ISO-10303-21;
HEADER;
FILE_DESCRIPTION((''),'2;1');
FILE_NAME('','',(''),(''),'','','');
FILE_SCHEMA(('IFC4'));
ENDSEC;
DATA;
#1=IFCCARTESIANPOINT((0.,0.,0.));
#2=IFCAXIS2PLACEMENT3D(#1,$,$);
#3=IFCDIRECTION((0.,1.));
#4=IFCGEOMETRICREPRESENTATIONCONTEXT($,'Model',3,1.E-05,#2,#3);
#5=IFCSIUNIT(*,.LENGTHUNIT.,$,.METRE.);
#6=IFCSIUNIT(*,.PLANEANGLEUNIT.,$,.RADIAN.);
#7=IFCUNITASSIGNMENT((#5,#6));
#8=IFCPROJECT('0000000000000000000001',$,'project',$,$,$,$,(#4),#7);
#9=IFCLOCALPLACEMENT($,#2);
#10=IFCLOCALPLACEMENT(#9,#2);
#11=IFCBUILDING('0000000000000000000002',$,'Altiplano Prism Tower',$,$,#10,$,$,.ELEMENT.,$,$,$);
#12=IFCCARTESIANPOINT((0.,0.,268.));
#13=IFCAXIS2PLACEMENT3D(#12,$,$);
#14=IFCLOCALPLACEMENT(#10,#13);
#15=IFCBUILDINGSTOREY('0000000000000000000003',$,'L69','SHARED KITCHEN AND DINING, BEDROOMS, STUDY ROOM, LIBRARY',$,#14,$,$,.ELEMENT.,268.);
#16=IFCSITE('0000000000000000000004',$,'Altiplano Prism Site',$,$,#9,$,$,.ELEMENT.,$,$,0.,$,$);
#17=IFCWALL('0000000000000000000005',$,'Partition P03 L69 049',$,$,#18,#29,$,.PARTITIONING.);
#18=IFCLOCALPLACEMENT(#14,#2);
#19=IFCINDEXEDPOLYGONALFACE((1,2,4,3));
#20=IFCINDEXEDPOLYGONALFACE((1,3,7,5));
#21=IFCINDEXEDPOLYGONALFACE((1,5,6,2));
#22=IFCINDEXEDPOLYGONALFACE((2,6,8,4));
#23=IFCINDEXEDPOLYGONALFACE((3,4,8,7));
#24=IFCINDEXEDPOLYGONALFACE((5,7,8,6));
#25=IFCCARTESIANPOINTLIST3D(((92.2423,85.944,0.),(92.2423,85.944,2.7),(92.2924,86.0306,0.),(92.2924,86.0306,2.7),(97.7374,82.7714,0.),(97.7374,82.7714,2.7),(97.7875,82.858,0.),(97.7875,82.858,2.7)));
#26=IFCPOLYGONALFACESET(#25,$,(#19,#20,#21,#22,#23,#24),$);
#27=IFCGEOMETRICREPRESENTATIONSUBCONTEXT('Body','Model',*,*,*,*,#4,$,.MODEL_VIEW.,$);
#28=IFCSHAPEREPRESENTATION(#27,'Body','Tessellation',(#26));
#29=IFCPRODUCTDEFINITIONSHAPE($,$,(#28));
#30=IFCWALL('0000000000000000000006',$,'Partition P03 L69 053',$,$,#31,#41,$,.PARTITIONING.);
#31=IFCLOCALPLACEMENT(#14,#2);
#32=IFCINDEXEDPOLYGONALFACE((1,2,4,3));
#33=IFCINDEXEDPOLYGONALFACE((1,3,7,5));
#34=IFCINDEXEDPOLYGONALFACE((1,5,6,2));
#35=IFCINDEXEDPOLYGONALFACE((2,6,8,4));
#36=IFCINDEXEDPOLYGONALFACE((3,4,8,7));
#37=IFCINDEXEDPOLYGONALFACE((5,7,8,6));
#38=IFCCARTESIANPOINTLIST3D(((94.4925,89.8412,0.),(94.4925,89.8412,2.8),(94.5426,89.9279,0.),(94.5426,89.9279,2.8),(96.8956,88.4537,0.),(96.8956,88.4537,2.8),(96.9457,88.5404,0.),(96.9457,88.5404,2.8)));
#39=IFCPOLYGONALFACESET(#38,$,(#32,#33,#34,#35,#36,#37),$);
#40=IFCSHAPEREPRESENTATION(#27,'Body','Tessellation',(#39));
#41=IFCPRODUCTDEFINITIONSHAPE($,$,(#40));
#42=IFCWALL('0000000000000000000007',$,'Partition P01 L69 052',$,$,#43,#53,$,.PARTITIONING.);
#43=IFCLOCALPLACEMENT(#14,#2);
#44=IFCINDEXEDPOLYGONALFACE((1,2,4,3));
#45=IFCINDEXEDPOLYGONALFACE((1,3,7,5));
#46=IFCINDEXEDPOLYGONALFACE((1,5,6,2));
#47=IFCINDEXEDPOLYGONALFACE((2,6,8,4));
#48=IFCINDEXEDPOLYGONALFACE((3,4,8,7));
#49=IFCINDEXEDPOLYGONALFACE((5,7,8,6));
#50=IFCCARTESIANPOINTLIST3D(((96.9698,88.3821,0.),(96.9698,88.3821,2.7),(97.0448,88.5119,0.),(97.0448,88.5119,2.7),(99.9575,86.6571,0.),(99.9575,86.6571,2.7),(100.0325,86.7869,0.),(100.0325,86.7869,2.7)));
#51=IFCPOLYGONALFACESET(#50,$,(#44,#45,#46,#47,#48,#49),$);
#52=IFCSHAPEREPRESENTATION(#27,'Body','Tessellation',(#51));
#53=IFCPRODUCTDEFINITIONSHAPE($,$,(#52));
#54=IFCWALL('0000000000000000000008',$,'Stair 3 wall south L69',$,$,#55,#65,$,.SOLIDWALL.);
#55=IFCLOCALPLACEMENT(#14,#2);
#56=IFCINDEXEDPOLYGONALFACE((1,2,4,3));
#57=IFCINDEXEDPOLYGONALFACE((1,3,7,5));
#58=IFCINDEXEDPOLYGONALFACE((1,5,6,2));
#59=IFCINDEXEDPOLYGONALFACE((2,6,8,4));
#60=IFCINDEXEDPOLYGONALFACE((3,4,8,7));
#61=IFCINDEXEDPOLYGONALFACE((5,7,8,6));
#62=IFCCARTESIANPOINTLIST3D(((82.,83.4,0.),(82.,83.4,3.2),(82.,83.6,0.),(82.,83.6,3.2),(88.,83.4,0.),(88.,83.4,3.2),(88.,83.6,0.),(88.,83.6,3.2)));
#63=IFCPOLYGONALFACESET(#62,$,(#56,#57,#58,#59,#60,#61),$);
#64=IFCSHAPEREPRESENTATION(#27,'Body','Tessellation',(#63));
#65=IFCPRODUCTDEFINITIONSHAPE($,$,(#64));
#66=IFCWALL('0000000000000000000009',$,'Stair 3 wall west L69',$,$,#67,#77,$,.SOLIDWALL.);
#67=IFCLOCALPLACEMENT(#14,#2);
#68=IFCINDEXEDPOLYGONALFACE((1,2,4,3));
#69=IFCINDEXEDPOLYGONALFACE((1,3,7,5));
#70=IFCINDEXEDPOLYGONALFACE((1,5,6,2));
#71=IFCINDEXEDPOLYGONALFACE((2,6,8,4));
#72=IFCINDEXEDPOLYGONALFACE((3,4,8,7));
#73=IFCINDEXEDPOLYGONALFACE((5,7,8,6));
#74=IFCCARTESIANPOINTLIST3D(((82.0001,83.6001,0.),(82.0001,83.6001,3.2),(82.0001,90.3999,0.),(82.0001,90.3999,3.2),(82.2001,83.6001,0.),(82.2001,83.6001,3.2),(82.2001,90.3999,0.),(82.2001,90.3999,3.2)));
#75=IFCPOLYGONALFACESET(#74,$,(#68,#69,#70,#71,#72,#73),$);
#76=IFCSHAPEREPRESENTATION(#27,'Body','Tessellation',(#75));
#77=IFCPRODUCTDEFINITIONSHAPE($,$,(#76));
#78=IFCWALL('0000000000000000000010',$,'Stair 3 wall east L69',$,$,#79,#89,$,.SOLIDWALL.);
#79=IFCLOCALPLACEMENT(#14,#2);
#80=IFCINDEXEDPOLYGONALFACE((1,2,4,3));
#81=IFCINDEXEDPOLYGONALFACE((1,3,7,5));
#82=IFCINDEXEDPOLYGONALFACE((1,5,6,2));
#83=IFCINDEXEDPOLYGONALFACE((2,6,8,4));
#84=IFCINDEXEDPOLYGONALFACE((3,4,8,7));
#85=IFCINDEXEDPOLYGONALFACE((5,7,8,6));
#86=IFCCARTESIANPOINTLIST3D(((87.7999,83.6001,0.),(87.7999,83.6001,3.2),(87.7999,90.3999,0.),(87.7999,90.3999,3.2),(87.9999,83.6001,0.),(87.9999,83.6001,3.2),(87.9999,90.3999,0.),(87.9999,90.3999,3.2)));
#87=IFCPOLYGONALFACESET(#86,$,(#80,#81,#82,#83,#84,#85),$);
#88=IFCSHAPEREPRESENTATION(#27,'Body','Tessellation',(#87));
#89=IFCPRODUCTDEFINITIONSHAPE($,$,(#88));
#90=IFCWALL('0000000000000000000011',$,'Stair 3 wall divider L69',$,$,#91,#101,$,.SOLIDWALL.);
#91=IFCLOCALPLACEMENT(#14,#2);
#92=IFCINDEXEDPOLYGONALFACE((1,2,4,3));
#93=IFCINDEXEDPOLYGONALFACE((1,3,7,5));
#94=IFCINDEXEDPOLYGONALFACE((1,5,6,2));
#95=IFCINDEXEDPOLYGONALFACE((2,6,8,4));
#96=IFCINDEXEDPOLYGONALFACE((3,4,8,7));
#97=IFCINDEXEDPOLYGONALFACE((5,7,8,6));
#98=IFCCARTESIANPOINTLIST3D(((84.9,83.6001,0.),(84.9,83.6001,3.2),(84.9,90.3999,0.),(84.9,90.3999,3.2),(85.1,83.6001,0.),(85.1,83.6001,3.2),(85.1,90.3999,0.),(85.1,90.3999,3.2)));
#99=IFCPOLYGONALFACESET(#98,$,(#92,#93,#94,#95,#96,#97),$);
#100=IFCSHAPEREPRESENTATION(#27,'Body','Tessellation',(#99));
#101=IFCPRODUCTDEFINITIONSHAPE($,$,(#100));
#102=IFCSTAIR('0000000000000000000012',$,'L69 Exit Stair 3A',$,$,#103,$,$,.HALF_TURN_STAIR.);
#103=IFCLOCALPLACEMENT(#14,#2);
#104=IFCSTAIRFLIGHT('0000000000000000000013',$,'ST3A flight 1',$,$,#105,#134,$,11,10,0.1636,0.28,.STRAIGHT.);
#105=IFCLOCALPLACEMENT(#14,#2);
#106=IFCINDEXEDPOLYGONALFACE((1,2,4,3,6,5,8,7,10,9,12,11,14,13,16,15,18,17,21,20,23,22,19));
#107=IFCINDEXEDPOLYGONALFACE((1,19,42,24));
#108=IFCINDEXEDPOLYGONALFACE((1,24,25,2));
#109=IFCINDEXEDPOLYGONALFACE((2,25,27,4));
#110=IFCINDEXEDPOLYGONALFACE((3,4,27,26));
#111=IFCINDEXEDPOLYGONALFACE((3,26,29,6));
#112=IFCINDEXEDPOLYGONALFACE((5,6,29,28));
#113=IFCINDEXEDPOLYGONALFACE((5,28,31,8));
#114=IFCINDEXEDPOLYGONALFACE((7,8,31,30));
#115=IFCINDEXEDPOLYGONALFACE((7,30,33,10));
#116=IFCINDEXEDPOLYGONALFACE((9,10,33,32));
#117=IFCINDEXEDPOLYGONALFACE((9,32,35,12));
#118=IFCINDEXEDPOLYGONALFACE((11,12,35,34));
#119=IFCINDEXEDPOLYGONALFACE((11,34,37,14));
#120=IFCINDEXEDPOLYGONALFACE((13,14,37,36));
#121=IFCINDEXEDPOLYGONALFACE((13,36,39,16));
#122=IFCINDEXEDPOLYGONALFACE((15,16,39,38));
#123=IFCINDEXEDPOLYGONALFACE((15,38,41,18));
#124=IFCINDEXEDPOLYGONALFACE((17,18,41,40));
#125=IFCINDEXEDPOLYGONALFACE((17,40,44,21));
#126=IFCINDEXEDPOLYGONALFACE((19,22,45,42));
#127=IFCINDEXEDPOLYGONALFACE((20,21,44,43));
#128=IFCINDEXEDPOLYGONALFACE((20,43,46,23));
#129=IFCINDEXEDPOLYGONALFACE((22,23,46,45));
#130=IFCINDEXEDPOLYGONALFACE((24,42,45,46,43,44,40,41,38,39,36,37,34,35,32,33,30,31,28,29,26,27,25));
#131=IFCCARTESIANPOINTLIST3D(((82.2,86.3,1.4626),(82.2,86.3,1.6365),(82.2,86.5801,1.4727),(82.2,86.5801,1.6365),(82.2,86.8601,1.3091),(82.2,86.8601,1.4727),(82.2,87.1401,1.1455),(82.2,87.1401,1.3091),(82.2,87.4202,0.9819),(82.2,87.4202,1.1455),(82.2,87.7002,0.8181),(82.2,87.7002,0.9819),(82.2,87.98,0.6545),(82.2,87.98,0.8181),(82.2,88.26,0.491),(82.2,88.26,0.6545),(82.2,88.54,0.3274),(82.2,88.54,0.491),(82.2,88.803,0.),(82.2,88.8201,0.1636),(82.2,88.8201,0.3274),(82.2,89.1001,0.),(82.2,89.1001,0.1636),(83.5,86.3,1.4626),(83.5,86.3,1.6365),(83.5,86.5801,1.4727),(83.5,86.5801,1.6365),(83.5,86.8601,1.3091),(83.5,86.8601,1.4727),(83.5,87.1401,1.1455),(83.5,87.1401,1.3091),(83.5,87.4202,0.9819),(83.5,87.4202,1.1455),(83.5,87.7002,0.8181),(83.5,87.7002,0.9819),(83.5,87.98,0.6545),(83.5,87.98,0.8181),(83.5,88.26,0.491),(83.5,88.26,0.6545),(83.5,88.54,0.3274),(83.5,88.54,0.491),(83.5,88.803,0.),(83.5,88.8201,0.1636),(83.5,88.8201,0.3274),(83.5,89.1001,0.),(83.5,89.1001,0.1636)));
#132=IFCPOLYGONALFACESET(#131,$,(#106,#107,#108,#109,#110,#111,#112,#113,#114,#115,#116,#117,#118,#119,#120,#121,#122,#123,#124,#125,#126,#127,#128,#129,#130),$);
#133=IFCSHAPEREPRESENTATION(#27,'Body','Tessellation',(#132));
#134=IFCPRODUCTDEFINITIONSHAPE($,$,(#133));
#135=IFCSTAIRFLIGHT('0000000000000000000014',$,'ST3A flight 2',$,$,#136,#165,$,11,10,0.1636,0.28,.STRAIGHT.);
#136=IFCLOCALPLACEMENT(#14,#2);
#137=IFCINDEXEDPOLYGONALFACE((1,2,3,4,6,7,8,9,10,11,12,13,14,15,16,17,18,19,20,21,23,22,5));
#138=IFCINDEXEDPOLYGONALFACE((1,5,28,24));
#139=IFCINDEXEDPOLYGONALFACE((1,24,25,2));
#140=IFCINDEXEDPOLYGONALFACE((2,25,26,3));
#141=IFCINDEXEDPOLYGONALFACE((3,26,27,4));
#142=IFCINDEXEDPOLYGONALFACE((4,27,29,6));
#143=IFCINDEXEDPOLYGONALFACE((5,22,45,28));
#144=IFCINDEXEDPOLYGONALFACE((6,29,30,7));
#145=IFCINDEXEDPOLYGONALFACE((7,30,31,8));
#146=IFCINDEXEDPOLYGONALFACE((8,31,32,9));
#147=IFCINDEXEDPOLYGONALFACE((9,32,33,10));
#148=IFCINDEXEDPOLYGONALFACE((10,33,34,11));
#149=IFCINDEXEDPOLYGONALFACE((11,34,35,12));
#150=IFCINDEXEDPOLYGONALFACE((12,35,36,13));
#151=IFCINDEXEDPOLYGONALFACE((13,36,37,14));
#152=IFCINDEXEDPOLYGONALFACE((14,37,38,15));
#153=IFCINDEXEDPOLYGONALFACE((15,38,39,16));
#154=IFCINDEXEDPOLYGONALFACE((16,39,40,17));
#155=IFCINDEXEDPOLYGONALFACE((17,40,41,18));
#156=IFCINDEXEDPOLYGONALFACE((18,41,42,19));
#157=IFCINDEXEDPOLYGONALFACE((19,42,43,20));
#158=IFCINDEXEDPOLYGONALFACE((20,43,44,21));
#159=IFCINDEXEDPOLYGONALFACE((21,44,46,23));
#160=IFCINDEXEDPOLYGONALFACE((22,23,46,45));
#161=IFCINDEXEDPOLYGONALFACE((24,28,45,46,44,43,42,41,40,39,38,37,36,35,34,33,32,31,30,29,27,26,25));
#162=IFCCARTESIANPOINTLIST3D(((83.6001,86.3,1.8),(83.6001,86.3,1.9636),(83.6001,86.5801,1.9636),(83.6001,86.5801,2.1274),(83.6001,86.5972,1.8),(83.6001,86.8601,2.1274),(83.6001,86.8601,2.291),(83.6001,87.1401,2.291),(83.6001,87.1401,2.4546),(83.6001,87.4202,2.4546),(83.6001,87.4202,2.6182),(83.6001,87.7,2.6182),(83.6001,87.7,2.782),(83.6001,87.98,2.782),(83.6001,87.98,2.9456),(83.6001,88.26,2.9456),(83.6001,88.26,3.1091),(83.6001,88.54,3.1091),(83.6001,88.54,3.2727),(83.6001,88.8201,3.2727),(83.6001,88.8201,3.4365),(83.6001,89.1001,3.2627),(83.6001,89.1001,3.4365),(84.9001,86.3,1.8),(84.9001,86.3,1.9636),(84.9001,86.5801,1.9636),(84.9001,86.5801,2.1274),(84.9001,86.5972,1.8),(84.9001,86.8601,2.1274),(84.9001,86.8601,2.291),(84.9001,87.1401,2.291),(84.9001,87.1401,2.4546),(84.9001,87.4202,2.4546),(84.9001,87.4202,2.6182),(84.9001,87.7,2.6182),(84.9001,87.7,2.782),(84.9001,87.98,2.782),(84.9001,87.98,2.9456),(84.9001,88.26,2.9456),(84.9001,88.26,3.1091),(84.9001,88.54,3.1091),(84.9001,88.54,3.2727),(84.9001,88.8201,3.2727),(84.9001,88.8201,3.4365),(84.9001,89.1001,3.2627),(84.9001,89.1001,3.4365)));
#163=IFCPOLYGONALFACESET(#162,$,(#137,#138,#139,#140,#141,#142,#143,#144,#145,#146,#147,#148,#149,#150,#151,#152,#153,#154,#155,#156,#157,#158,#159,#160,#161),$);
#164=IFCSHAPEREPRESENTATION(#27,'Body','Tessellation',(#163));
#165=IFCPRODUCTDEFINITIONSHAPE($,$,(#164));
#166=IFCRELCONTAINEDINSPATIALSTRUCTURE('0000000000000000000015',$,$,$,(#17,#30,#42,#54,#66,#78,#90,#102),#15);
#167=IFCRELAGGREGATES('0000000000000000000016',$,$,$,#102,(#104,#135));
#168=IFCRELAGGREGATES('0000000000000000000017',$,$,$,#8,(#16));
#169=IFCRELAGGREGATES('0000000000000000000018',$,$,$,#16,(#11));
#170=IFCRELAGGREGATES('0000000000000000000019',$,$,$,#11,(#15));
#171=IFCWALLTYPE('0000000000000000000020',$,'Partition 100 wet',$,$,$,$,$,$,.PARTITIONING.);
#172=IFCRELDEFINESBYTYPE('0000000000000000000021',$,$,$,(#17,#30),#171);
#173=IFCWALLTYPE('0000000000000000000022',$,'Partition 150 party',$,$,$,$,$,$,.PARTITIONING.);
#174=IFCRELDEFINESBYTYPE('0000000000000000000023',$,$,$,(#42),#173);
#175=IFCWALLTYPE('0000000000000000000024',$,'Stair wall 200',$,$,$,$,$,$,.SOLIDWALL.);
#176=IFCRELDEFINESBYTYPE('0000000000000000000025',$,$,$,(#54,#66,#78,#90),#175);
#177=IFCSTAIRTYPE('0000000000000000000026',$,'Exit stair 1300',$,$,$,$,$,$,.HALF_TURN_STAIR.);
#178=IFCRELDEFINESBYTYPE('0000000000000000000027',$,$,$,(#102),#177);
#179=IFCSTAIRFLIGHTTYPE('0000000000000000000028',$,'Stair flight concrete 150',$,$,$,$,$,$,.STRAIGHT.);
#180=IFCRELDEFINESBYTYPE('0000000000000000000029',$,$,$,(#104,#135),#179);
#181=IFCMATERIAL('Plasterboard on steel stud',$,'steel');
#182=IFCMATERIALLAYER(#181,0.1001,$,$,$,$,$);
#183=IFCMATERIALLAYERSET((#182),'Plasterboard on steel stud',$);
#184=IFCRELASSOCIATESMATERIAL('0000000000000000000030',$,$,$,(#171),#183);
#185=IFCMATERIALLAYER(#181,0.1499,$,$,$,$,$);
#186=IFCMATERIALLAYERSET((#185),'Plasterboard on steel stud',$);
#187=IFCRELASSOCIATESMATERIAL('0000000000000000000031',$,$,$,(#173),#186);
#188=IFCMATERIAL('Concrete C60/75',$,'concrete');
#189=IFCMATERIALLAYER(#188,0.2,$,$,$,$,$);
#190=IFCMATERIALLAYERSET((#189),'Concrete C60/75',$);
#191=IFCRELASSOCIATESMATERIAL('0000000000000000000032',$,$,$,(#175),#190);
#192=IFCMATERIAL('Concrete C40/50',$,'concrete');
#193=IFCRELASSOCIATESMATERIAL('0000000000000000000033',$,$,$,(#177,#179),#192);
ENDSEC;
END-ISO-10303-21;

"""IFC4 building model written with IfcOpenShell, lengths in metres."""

from ifc_helpers import new_model, si_unit, direction, frame, frame_2d, origin, place, context, subcontext, project, spatial, polyline, rectangle, outline, extrude, material, layer, layer_set, type_object, element, aggregate, save


model = new_model("IFC4")

# Units and contexts
model_context = context("Model", 3, precision=1e-05, world=origin(), true_north=direction((0.0, 1.0)))
body_context = subcontext(model_context, "Body", "Model", "MODEL_VIEW")
ifc_project = project(units=[si_unit("LENGTHUNIT", "METRE"), si_unit("PLANEANGLEUNIT", "RADIAN")], contexts=[model_context])

# Site, building, storey
site_placement = place(None, origin())
site = spatial("IfcSite", under=ifc_project, at=site_placement, Name="Altiplano Prism Site", CompositionType="ELEMENT", RefElevation=0.0)
building_placement = place(site_placement, origin())
building = spatial("IfcBuilding", under=site, at=building_placement, Name="Altiplano Prism Tower", CompositionType="ELEMENT")
storey_placement = place(building_placement, frame((0.0, 0.0, 268.0)))
storey = spatial("IfcBuildingStorey", under=building, at=storey_placement, Name="L69", Description="SHARED KITCHEN AND DINING, BEDROOMS, STUDY ROOM, LIBRARY", CompositionType="ELEMENT", Elevation=268.0)

# Shared definitions
ifc_material_1 = material(Name="Concrete C60/75", Category="concrete")

# Walls
ifc_material_2 = material(Name="Plasterboard on steel stud", Category="steel")
ifc_layer_1 = layer(ifc_material_2, 0.1001)
ifc_layer_set_1 = layer_set([ifc_layer_1], Name="Plasterboard on steel stud")
wall_type_1 = type_object("IfcWallType", Name="Partition 100 wet", PredefinedType="PARTITIONING", material=ifc_layer_set_1)
wall_1_placement = place(storey_placement, frame((97.7625, 82.8147, 0.0), z_axis=(0.0, 0.0, 1.0), x_axis=(-0.866025, 0.5, 0.0)))
element("IfcWall", 1, at=wall_1_placement, inside=storey, type_object=wall_type_1, Name="Partition P03 L69 049", PredefinedType="PARTITIONING", context=body_context, shape_type="SweptSolid", body=[
    extrude(rectangle(XDim=6.3452, YDim=0.1001, at=frame_2d((3.1726, 0.0))), origin(), (0.0, 0.0, 1.0), 2.7),
])
wall_2_placement = place(storey_placement, frame((96.9207, 88.4971, 0.0), z_axis=(0.0, 0.0, 1.0), x_axis=(-0.86602, 0.500009, 0.0)))
element("IfcWall", 2, at=wall_2_placement, inside=storey, type_object=wall_type_1, Name="Partition P03 L69 053", PredefinedType="PARTITIONING", context=body_context, shape_type="SweptSolid", body=[
    extrude(rectangle(XDim=2.7749, YDim=0.1001, at=frame_2d((1.3875, 0.0))), origin(), (0.0, 0.0, 1.0), 2.8),
])
ifc_layer_2 = layer(ifc_material_2, 0.1499)
ifc_layer_set_2 = layer_set([ifc_layer_2], Name="Plasterboard on steel stud")
wall_type_2 = type_object("IfcWallType", Name="Partition 150 party", PredefinedType="PARTITIONING", material=ifc_layer_set_2)
wall_3_placement = place(storey_placement, frame((99.9951, 86.7219, 0.0), z_axis=(0.0, 0.0, 1.0), x_axis=(-0.866014, 0.500021, 0.0)))
element("IfcWall", 3, at=wall_3_placement, inside=storey, type_object=wall_type_2, Name="Partition P01 L69 052", PredefinedType="PARTITIONING", context=body_context, shape_type="SweptSolid", body=[
    extrude(rectangle(XDim=3.45, YDim=0.1499, at=frame_2d((1.7251, 0.0))), origin(), (0.0, 0.0, 1.0), 2.7),
])
ifc_layer_3 = layer(ifc_material_1, 0.2)
ifc_layer_set_3 = layer_set([ifc_layer_3], Name="Concrete C60/75")
wall_type_3 = type_object("IfcWallType", Name="Stair wall 200", PredefinedType="SOLIDWALL", material=ifc_layer_set_3)
wall_4_placement = place(storey_placement, frame((82.0, 83.5, 0.0), z_axis=(0.0, 0.0, 1.0), x_axis=(1.0, 0.0, 0.0)))
element("IfcWall", 4, at=wall_4_placement, inside=storey, type_object=wall_type_3, Name="Stair 3 wall south L69", PredefinedType="SOLIDWALL", context=body_context, shape_type="SweptSolid", body=[
    extrude(rectangle(XDim=6.0, YDim=0.2, at=frame_2d((3.0, 0.0))), origin(), (0.0, 0.0, 1.0), 3.2),
])
for number, where, z_axis, x_axis, name in (
    (5, (82.1001, 83.6001, 0.0), (0.0, 0.0, 1.0), (0.0, 1.0, 0.0), "Stair 3 wall west L69"),
    (6, (87.8999, 83.6001, 0.0), (0.0, 0.0, 1.0), (0.0, 1.0, 0.0), "Stair 3 wall east L69"),
    (7, (85.0, 83.6001, 0.0), (0.0, 0.0, 1.0), (0.0, 1.0, 0.0), "Stair 3 wall divider L69"),
):
    element("IfcWall", number, at=place(storey_placement, frame(where, z_axis=z_axis, x_axis=x_axis)), inside=storey, type_object=wall_type_3, Name=name, PredefinedType="SOLIDWALL", context=body_context, shape_type="SweptSolid", body=[
        extrude(rectangle(XDim=6.7998, YDim=0.2, at=frame_2d((3.3999, 0.0))), origin(), (0.0, 0.0, 1.0), 3.2),
    ])

# Stair, stair flights
ifc_material_3 = material(Name="Concrete C40/50", Category="concrete")
stair_type = type_object("IfcStairType", Name="Exit stair 1300", PredefinedType="HALF_TURN_STAIR", material=ifc_material_3)
stair_1_placement = place(storey_placement, origin())
stair_1 = element("IfcStair", 8, at=stair_1_placement, inside=storey, type_object=stair_type, Name="L69 Exit Stair 3A", PredefinedType="HALF_TURN_STAIR")
stair_flight_type = type_object("IfcStairFlightType", Name="Stair flight concrete 150", PredefinedType="STRAIGHT", material=ifc_material_3)
stair_flight_1_placement = place(storey_placement, frame((82.8501, 89.1001, 0.0), z_axis=(0.0, 0.0, 1.0), x_axis=(0.0, -1.0, 0.0)))
stair_flight_1 = element("IfcStairFlight", 9, at=stair_flight_1_placement, type_object=stair_flight_type, Name="ST3A flight 1", NumberOfRisers=11, NumberOfTreads=10, PredefinedType="STRAIGHT", RiserHeight=0.1636, TreadLength=0.28, context=body_context, shape_type="SweptSolid", body=[
    extrude(outline(polyline([(0.0, 0.0), (0.0, 0.1636), (0.28, 0.1636), (0.28, 0.3274), (0.5601, 0.3274), (0.5601, 0.491), (0.8401, 0.491), (0.8401, 0.6545), (1.1201, 0.6545), (1.1201, 0.8181), (1.3999, 0.8181), (1.3999, 0.9819), (1.6799, 0.9819), (1.6799, 1.1455), (1.96, 1.1455), (1.96, 1.3091), (2.24, 1.3091), (2.24, 1.4727), (2.52, 1.4727), (2.52, 1.6365), (2.8, 1.6365), (2.8, 1.8), (2.8, 1.4626), (0.2971, 0.0), (0.0, 0.0)])), frame((0.0, 0.6499, 0.0), z_axis=(0.0, -1.0, 0.0), x_axis=(1.0, 0.0, 0.0)), (0.0, 0.0, 1.0), 1.3),
])
stair_flight_2_placement = place(storey_placement, frame((84.25, 86.3, 1.8), z_axis=(0.0, 0.0, 1.0), x_axis=(0.0, 1.0, 0.0)))
stair_flight_2 = element("IfcStairFlight", 10, at=stair_flight_2_placement, type_object=stair_flight_type, Name="ST3A flight 2", NumberOfRisers=11, NumberOfTreads=10, PredefinedType="STRAIGHT", RiserHeight=0.1636, TreadLength=0.28, context=body_context, shape_type="SweptSolid", body=[
    extrude(outline(polyline([(0.0, 0.0), (0.0, 0.1636), (0.28, 0.1636), (0.28, 0.3274), (0.5601, 0.3274), (0.5601, 0.491), (0.8401, 0.491), (0.8401, 0.6545), (1.1201, 0.6545), (1.1201, 0.8181), (1.3999, 0.8181), (1.3999, 0.9819), (1.6799, 0.9819), (1.6799, 1.1455), (1.96, 1.1455), (1.96, 1.3091), (2.24, 1.3091), (2.24, 1.4727), (2.52, 1.4727), (2.52, 1.6365), (2.8, 1.6365), (2.8, 1.8), (2.8, 1.4626), (0.2971, 0.0), (0.0, 0.0)])), frame((0.0, 0.6499, 0.0), z_axis=(0.0, -1.0, 0.0), x_axis=(1.0, 0.0, 0.0)), (0.0, 0.0, 1.0), 1.3),
])
aggregate(stair_1, [stair_flight_1, stair_flight_2])

save(model, "model.ifc")
